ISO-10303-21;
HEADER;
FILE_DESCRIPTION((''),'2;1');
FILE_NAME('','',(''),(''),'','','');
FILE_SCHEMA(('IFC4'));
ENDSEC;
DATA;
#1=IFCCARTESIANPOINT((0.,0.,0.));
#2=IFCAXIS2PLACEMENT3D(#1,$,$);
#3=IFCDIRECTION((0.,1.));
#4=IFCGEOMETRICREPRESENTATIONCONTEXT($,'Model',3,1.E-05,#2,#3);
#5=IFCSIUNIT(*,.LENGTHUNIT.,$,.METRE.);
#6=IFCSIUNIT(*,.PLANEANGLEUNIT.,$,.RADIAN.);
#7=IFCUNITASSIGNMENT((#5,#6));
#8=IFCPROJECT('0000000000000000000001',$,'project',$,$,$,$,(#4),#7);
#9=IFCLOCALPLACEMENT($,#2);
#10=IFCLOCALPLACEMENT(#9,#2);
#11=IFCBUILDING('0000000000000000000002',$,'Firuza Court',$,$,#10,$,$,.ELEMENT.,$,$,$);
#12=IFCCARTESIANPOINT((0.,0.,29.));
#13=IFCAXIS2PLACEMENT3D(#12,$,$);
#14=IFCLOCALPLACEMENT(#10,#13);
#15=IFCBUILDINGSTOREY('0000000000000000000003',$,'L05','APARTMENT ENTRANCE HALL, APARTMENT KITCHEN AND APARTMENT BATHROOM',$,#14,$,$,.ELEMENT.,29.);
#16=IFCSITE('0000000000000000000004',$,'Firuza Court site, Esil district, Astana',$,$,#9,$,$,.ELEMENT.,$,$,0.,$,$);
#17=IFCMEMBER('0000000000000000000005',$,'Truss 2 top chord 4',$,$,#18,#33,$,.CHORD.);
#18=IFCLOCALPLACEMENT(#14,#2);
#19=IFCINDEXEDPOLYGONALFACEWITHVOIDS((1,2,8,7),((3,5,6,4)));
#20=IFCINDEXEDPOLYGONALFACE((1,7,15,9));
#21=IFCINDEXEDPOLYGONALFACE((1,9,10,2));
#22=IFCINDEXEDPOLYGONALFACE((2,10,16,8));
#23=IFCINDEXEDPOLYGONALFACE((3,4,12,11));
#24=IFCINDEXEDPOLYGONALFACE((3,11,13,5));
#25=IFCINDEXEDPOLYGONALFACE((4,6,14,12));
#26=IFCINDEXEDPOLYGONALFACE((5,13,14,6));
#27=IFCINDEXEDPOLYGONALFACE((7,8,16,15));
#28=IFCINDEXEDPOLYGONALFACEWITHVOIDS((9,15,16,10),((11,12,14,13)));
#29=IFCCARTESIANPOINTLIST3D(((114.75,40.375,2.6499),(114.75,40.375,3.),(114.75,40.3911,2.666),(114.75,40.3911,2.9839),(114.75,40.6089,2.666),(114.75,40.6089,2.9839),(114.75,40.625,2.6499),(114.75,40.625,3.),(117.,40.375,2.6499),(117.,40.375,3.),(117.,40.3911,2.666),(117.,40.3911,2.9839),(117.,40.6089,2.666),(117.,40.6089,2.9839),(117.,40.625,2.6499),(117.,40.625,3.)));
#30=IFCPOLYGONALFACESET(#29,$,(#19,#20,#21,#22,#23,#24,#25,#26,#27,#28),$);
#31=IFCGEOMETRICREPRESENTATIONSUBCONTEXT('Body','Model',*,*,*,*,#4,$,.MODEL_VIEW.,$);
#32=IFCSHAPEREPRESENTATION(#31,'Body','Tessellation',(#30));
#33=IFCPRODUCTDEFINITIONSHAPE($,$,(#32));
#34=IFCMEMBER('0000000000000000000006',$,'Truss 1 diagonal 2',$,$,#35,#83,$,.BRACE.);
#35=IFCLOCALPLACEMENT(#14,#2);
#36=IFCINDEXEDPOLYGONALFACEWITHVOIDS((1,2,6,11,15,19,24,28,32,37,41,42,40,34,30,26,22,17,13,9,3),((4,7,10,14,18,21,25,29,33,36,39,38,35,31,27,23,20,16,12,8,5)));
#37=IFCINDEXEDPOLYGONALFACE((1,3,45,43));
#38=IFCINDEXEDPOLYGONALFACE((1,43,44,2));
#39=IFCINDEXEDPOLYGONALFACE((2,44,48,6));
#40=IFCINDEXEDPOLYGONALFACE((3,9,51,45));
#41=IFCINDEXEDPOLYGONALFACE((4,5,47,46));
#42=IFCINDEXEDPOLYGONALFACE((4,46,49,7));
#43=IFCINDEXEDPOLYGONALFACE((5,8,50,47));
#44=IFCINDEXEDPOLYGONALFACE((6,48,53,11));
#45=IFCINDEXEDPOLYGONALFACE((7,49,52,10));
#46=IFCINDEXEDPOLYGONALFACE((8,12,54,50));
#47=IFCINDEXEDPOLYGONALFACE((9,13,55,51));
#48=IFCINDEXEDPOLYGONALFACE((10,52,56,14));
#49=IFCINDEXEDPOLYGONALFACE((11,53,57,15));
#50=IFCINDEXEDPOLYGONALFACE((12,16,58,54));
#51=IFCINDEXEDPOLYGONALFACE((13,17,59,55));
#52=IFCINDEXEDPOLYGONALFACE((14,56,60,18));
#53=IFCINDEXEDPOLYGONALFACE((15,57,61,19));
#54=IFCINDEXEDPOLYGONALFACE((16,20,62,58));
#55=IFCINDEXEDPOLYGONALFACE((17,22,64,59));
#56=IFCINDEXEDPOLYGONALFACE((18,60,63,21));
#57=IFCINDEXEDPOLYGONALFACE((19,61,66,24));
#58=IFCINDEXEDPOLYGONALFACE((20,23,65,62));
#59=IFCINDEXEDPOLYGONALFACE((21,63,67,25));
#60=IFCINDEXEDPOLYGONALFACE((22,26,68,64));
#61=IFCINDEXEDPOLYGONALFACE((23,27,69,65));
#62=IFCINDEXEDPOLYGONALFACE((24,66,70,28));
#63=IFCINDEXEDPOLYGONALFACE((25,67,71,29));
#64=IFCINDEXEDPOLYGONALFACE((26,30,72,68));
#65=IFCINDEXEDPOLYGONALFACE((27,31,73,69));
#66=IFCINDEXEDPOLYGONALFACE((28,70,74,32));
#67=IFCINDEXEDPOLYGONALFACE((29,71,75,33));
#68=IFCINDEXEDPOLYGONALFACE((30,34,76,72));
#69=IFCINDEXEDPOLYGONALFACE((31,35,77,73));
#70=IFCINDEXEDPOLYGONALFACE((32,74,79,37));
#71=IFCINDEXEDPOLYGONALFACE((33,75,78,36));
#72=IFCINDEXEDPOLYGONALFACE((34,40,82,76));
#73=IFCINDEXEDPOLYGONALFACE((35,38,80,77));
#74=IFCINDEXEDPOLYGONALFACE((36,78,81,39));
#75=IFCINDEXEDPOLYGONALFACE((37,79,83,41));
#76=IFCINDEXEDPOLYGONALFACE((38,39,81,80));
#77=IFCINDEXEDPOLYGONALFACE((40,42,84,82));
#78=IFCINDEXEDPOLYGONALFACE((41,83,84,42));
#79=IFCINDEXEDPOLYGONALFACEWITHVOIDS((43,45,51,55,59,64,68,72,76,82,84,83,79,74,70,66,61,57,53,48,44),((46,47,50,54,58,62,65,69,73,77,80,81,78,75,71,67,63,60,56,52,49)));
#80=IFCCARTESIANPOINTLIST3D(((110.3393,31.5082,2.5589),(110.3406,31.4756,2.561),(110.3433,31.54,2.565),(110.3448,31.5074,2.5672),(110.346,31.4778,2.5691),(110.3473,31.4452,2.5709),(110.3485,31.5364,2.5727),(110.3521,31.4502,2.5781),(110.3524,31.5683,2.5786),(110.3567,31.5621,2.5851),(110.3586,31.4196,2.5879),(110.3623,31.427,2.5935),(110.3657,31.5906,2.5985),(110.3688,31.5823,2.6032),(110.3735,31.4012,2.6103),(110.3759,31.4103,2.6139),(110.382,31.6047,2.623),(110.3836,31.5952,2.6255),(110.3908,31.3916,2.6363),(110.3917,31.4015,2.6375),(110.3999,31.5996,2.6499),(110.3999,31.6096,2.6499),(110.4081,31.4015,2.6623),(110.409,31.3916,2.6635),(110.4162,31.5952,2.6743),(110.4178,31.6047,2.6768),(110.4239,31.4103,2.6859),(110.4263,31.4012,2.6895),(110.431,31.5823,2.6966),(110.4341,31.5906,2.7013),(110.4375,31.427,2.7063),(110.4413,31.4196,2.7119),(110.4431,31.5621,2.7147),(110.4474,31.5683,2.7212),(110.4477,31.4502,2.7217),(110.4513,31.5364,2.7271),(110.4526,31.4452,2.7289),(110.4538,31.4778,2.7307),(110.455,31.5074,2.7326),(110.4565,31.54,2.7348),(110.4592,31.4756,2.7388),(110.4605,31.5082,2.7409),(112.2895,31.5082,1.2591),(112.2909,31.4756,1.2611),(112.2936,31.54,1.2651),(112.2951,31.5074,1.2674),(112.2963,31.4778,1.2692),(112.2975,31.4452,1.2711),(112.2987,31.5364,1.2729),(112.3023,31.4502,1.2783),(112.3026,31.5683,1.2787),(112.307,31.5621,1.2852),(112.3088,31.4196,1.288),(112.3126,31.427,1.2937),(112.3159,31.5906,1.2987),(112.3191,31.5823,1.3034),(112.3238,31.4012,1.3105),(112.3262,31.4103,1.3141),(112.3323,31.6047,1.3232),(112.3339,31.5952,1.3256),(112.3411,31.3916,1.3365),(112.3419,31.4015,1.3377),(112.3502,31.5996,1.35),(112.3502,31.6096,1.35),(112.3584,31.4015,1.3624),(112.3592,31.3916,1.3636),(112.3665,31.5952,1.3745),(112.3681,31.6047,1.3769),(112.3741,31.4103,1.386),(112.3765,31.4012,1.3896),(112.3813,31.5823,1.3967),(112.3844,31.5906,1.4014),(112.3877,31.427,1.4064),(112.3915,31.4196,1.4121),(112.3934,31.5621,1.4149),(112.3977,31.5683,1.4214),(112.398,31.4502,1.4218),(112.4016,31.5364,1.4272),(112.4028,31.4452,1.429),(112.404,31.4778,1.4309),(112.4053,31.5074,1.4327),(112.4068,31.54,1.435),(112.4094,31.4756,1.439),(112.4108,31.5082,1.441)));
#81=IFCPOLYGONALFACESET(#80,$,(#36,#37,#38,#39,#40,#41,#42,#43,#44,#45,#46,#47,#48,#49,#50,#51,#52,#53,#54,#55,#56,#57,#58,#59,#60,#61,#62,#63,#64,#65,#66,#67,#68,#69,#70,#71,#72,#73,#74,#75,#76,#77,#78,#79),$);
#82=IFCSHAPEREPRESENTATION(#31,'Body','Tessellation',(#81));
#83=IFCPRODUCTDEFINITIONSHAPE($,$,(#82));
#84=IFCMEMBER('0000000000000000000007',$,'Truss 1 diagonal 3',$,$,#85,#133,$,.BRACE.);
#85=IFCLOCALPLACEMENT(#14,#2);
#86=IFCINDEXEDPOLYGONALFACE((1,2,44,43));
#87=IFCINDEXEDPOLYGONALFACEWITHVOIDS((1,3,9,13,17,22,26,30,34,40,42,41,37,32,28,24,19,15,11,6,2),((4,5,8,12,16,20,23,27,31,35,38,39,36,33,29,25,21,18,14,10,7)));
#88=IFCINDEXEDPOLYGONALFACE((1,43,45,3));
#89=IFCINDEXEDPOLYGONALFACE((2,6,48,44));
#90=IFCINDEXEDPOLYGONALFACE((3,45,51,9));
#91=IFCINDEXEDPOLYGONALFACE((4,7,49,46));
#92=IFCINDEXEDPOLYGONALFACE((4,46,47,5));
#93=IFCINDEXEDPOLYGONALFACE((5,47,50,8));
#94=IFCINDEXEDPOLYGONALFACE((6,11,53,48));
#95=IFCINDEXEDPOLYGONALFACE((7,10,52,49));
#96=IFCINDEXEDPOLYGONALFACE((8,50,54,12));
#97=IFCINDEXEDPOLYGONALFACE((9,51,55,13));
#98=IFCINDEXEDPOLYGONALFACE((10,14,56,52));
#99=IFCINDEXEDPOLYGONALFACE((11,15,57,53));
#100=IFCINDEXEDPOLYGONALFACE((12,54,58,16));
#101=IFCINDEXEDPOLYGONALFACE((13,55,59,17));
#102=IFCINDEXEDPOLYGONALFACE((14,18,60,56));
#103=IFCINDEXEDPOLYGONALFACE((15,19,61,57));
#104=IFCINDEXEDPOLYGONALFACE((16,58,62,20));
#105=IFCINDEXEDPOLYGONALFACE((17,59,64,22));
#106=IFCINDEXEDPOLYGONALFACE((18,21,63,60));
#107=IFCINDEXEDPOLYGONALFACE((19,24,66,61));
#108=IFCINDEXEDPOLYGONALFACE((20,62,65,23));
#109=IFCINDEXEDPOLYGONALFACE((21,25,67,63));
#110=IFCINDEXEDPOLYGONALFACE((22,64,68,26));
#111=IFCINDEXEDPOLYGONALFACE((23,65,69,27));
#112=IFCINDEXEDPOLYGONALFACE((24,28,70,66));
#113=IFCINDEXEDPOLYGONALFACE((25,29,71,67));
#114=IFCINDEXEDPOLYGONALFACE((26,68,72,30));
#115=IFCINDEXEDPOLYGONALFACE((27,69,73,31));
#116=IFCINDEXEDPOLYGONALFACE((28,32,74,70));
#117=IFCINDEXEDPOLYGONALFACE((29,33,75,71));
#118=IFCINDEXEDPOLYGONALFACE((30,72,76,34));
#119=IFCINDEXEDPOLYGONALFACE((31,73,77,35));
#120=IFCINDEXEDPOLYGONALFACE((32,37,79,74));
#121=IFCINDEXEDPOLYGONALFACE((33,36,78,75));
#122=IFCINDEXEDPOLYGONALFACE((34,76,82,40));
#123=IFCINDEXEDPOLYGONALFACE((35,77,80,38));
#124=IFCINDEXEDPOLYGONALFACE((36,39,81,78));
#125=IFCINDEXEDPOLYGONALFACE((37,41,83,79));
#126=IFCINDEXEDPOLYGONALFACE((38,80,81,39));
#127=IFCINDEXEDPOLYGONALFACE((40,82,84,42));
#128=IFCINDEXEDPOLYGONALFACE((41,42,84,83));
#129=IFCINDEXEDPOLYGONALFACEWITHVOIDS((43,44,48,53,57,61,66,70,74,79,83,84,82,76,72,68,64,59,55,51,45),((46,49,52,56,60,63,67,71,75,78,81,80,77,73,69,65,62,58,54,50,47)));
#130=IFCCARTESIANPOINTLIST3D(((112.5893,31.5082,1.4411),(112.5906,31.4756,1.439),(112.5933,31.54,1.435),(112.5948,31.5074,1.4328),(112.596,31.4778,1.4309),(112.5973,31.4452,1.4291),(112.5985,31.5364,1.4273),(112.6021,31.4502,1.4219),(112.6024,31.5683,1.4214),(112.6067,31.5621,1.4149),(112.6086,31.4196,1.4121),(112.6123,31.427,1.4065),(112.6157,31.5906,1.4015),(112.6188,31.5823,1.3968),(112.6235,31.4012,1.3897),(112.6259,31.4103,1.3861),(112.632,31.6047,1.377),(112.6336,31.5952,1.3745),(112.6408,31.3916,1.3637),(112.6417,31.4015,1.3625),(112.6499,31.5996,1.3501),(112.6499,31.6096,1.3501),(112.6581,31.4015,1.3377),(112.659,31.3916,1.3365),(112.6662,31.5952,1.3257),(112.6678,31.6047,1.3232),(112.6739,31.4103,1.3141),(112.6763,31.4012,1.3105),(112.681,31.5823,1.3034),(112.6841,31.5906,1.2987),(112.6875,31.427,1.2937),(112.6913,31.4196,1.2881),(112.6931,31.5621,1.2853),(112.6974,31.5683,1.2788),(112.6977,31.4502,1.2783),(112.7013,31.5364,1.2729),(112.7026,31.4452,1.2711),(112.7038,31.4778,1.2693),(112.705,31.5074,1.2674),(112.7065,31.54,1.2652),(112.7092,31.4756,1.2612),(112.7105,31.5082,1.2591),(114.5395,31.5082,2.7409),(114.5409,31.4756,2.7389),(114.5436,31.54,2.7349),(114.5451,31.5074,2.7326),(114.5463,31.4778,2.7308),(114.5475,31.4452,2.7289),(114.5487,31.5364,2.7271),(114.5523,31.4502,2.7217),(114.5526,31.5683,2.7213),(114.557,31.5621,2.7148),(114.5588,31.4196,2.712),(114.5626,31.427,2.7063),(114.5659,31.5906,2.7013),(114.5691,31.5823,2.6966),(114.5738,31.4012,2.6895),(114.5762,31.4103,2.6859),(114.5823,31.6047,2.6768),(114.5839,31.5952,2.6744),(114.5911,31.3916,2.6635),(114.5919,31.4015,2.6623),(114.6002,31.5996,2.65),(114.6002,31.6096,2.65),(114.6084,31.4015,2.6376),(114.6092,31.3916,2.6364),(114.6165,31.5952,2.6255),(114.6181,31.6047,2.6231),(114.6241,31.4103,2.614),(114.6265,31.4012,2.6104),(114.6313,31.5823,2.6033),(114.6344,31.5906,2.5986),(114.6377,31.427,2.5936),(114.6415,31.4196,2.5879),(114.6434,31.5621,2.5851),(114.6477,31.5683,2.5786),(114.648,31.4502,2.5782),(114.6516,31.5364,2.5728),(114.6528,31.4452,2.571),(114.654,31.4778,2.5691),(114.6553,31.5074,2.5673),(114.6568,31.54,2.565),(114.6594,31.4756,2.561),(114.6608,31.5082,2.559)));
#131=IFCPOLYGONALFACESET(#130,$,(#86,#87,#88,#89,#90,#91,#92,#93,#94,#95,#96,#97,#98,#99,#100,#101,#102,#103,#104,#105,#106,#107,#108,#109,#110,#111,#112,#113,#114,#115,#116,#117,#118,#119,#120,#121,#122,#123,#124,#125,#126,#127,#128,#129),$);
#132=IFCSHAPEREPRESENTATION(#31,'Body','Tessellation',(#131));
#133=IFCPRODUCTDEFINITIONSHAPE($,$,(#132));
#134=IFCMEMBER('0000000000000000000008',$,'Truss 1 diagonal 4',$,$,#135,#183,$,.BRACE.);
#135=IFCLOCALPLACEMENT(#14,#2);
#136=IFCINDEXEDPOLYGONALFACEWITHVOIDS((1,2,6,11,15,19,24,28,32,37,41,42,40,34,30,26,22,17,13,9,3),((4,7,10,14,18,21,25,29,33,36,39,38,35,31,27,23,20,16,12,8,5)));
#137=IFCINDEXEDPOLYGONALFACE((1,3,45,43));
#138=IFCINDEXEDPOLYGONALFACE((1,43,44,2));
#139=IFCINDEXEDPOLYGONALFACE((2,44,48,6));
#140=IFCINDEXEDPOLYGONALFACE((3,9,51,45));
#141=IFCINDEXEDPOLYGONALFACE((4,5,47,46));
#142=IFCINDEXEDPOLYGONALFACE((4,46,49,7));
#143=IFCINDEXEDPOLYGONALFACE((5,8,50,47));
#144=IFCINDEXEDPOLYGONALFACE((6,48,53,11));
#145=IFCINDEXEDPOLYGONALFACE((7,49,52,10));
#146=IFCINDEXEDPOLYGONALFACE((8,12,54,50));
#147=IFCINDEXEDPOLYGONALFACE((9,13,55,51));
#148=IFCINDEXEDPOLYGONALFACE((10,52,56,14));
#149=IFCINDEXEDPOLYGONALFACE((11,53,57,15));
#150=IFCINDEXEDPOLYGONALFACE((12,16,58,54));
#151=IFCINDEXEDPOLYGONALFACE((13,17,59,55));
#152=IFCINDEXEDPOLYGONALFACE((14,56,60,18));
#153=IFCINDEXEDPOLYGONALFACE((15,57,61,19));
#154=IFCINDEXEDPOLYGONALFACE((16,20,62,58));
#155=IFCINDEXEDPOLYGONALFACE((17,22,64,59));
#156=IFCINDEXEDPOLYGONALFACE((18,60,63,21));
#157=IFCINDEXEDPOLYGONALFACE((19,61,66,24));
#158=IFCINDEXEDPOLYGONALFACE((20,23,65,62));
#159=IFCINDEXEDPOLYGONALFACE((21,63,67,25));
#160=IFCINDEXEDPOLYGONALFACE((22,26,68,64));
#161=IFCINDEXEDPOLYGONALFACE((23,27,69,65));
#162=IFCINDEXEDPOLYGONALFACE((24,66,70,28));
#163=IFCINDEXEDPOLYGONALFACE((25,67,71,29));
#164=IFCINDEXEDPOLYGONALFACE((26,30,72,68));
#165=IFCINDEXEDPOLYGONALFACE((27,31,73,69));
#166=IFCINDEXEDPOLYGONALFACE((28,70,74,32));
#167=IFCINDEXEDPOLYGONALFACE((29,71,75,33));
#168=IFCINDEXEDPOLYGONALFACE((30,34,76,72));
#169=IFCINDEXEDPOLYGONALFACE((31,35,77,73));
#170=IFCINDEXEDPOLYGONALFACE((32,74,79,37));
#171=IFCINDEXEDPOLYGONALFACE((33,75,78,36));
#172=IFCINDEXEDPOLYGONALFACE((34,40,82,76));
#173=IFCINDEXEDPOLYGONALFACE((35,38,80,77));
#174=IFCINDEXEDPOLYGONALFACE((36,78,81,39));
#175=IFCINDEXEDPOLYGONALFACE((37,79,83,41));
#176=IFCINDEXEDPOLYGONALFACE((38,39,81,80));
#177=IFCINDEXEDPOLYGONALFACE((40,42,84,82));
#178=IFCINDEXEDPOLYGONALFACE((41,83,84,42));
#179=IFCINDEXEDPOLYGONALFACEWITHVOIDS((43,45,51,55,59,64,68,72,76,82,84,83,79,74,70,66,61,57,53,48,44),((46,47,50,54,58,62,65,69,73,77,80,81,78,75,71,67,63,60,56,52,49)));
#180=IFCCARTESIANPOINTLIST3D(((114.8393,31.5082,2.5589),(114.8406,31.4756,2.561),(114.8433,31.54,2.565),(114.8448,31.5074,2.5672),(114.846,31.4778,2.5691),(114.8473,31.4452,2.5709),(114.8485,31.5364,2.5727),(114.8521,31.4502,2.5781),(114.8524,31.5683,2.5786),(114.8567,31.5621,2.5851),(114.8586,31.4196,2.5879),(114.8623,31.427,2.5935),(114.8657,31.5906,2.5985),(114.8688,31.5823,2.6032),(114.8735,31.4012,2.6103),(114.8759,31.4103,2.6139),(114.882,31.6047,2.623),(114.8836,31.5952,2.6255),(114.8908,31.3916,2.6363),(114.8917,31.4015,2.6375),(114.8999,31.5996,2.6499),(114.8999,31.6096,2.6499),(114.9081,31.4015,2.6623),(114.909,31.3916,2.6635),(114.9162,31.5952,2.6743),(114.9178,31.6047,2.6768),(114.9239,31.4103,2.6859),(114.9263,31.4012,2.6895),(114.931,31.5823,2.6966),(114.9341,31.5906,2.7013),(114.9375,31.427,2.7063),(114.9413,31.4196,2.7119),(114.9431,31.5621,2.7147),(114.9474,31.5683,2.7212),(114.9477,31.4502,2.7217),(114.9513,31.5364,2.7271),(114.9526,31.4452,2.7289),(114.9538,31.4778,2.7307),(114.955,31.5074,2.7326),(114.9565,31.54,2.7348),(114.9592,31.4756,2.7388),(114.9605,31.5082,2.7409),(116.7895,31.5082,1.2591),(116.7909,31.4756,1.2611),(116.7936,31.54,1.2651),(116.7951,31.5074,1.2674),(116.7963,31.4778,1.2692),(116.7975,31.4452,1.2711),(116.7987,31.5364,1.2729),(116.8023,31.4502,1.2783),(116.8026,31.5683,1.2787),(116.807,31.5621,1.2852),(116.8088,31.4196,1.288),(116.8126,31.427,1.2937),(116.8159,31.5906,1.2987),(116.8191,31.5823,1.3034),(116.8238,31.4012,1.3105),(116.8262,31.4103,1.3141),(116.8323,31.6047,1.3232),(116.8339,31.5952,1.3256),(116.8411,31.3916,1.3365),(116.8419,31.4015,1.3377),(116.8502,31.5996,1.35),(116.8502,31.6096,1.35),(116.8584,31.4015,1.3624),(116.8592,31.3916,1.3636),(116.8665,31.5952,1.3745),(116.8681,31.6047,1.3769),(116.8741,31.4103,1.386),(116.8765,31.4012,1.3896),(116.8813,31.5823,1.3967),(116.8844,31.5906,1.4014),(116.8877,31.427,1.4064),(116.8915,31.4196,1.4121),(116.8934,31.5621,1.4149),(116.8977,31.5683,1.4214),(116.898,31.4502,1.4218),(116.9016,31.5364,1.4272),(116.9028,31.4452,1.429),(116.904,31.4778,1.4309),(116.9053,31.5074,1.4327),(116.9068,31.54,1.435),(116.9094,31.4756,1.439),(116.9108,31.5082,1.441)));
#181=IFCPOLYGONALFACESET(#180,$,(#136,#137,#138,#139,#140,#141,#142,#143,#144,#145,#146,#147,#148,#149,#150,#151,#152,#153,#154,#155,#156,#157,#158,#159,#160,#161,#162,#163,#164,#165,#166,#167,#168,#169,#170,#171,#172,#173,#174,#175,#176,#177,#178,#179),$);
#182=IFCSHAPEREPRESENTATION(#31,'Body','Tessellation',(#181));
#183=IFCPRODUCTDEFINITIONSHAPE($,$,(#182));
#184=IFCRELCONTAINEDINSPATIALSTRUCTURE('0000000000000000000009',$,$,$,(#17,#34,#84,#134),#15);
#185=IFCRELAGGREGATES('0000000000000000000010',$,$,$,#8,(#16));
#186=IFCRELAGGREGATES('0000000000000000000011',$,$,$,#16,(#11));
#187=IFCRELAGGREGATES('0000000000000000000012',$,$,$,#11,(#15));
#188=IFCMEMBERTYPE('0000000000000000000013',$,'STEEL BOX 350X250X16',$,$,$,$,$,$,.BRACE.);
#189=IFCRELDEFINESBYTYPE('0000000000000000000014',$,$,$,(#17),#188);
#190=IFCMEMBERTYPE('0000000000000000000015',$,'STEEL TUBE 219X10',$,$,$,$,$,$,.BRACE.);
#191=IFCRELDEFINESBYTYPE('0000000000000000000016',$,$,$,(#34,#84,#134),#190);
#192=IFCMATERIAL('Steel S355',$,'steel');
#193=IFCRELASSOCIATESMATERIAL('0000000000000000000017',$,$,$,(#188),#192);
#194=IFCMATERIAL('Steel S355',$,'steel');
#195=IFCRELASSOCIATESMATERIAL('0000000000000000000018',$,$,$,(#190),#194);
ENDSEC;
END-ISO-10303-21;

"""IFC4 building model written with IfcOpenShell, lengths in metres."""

from ifc_helpers import new_model, si_unit, direction, frame, origin, origin_2d, place, context, subcontext, project, spatial, hollow_rectangle, hollow_circle, extrude, material, material_profile, profile_set, type_object, element, save


model = new_model("IFC4")

# Units and contexts
model_context = context("Model", 3, precision=1e-05, world=origin(), true_north=direction((0.0, 1.0)))
body_context = subcontext(model_context, "Body", "Model", "MODEL_VIEW")
ifc_project = project(units=[si_unit("LENGTHUNIT", "METRE"), si_unit("PLANEANGLEUNIT", "RADIAN")], contexts=[model_context])

# Site, building, storey
site_placement = place(None, origin())
site = spatial("IfcSite", under=ifc_project, at=site_placement, Name="Firuza Court site, Esil district, Astana", CompositionType="ELEMENT", RefElevation=0.0)
building_placement = place(site_placement, origin())
building = spatial("IfcBuilding", under=site, at=building_placement, Name="Firuza Court", CompositionType="ELEMENT")
storey_placement = place(building_placement, frame((0.0, 0.0, 29.0)))
storey = spatial("IfcBuildingStorey", under=building, at=storey_placement, Name="L05", Description="APARTMENT ENTRANCE HALL, APARTMENT KITCHEN AND APARTMENT BATHROOM", CompositionType="ELEMENT", Elevation=29.0)

# Members
ifc_material_1 = material(Name="Steel S355", Category="steel")
ifc_material_profile_1 = material_profile(ifc_material_1, hollow_rectangle(XDim=0.25, YDim=0.3501, WallThickness=0.0161, at=origin_2d()), Name="RHS 350X250X16")
ifc_profile_set_1 = profile_set([ifc_material_profile_1], Name="Steel S355")
member_type_1 = type_object("IfcMemberType", Name="STEEL BOX 350X250X16", PredefinedType="BRACE", material=ifc_profile_set_1)
for number, where, z_axis, x_axis, name in (
    (1, (114.75, 40.5, 2.825), (1.0, 0.0, 0.0), (0.0, 1.0, 0.0), "Truss 2 top chord 4"),
):
    element("IfcMember", number, at=place(storey_placement, frame(where, z_axis=z_axis, x_axis=x_axis)), inside=storey, type_object=member_type_1, Name=name, PredefinedType="CHORD", context=body_context, shape_type="SweptSolid", body=[
        extrude(hollow_rectangle(XDim=0.25, YDim=0.3501, WallThickness=0.0161, at=origin_2d()), origin(), (0.0, 0.0, 1.0), 2.25),
    ])
ifc_material_2 = material(Name="Steel S355", Category="steel")
ifc_material_profile_2 = material_profile(ifc_material_2, hollow_circle(Radius=0.1096, WallThickness=0.01, at=origin_2d()), Name="CHS 219X10")
ifc_profile_set_2 = profile_set([ifc_material_profile_2], Name="Steel S355")
member_type_2 = type_object("IfcMemberType", Name="STEEL TUBE 219X10", PredefinedType="BRACE", material=ifc_profile_set_2)
for number, where, z_axis, x_axis, name in (
    (2, (110.3999, 31.5, 2.6499), (0.832114, 0.0, -0.554604), (0.0, 1.0, 0.0), "Truss 1 diagonal 2"),
    (3, (112.6499, 31.5, 1.3501), (0.832114, 0.0, 0.554604), (0.0, 1.0, 0.0), "Truss 1 diagonal 3"),
    (4, (114.8999, 31.5, 2.6499), (0.832114, 0.0, -0.554604), (0.0, 1.0, 0.0), "Truss 1 diagonal 4"),
):
    element("IfcMember", number, at=place(storey_placement, frame(where, z_axis=z_axis, x_axis=x_axis)), inside=storey, type_object=member_type_2, Name=name, PredefinedType="BRACE", context=body_context, shape_type="SweptSolid", body=[
        extrude(hollow_circle(Radius=0.1096, WallThickness=0.01, at=origin_2d()), origin(), (0.0, 0.0, 1.0), 2.3438),
    ])

save(model, "model.ifc")
